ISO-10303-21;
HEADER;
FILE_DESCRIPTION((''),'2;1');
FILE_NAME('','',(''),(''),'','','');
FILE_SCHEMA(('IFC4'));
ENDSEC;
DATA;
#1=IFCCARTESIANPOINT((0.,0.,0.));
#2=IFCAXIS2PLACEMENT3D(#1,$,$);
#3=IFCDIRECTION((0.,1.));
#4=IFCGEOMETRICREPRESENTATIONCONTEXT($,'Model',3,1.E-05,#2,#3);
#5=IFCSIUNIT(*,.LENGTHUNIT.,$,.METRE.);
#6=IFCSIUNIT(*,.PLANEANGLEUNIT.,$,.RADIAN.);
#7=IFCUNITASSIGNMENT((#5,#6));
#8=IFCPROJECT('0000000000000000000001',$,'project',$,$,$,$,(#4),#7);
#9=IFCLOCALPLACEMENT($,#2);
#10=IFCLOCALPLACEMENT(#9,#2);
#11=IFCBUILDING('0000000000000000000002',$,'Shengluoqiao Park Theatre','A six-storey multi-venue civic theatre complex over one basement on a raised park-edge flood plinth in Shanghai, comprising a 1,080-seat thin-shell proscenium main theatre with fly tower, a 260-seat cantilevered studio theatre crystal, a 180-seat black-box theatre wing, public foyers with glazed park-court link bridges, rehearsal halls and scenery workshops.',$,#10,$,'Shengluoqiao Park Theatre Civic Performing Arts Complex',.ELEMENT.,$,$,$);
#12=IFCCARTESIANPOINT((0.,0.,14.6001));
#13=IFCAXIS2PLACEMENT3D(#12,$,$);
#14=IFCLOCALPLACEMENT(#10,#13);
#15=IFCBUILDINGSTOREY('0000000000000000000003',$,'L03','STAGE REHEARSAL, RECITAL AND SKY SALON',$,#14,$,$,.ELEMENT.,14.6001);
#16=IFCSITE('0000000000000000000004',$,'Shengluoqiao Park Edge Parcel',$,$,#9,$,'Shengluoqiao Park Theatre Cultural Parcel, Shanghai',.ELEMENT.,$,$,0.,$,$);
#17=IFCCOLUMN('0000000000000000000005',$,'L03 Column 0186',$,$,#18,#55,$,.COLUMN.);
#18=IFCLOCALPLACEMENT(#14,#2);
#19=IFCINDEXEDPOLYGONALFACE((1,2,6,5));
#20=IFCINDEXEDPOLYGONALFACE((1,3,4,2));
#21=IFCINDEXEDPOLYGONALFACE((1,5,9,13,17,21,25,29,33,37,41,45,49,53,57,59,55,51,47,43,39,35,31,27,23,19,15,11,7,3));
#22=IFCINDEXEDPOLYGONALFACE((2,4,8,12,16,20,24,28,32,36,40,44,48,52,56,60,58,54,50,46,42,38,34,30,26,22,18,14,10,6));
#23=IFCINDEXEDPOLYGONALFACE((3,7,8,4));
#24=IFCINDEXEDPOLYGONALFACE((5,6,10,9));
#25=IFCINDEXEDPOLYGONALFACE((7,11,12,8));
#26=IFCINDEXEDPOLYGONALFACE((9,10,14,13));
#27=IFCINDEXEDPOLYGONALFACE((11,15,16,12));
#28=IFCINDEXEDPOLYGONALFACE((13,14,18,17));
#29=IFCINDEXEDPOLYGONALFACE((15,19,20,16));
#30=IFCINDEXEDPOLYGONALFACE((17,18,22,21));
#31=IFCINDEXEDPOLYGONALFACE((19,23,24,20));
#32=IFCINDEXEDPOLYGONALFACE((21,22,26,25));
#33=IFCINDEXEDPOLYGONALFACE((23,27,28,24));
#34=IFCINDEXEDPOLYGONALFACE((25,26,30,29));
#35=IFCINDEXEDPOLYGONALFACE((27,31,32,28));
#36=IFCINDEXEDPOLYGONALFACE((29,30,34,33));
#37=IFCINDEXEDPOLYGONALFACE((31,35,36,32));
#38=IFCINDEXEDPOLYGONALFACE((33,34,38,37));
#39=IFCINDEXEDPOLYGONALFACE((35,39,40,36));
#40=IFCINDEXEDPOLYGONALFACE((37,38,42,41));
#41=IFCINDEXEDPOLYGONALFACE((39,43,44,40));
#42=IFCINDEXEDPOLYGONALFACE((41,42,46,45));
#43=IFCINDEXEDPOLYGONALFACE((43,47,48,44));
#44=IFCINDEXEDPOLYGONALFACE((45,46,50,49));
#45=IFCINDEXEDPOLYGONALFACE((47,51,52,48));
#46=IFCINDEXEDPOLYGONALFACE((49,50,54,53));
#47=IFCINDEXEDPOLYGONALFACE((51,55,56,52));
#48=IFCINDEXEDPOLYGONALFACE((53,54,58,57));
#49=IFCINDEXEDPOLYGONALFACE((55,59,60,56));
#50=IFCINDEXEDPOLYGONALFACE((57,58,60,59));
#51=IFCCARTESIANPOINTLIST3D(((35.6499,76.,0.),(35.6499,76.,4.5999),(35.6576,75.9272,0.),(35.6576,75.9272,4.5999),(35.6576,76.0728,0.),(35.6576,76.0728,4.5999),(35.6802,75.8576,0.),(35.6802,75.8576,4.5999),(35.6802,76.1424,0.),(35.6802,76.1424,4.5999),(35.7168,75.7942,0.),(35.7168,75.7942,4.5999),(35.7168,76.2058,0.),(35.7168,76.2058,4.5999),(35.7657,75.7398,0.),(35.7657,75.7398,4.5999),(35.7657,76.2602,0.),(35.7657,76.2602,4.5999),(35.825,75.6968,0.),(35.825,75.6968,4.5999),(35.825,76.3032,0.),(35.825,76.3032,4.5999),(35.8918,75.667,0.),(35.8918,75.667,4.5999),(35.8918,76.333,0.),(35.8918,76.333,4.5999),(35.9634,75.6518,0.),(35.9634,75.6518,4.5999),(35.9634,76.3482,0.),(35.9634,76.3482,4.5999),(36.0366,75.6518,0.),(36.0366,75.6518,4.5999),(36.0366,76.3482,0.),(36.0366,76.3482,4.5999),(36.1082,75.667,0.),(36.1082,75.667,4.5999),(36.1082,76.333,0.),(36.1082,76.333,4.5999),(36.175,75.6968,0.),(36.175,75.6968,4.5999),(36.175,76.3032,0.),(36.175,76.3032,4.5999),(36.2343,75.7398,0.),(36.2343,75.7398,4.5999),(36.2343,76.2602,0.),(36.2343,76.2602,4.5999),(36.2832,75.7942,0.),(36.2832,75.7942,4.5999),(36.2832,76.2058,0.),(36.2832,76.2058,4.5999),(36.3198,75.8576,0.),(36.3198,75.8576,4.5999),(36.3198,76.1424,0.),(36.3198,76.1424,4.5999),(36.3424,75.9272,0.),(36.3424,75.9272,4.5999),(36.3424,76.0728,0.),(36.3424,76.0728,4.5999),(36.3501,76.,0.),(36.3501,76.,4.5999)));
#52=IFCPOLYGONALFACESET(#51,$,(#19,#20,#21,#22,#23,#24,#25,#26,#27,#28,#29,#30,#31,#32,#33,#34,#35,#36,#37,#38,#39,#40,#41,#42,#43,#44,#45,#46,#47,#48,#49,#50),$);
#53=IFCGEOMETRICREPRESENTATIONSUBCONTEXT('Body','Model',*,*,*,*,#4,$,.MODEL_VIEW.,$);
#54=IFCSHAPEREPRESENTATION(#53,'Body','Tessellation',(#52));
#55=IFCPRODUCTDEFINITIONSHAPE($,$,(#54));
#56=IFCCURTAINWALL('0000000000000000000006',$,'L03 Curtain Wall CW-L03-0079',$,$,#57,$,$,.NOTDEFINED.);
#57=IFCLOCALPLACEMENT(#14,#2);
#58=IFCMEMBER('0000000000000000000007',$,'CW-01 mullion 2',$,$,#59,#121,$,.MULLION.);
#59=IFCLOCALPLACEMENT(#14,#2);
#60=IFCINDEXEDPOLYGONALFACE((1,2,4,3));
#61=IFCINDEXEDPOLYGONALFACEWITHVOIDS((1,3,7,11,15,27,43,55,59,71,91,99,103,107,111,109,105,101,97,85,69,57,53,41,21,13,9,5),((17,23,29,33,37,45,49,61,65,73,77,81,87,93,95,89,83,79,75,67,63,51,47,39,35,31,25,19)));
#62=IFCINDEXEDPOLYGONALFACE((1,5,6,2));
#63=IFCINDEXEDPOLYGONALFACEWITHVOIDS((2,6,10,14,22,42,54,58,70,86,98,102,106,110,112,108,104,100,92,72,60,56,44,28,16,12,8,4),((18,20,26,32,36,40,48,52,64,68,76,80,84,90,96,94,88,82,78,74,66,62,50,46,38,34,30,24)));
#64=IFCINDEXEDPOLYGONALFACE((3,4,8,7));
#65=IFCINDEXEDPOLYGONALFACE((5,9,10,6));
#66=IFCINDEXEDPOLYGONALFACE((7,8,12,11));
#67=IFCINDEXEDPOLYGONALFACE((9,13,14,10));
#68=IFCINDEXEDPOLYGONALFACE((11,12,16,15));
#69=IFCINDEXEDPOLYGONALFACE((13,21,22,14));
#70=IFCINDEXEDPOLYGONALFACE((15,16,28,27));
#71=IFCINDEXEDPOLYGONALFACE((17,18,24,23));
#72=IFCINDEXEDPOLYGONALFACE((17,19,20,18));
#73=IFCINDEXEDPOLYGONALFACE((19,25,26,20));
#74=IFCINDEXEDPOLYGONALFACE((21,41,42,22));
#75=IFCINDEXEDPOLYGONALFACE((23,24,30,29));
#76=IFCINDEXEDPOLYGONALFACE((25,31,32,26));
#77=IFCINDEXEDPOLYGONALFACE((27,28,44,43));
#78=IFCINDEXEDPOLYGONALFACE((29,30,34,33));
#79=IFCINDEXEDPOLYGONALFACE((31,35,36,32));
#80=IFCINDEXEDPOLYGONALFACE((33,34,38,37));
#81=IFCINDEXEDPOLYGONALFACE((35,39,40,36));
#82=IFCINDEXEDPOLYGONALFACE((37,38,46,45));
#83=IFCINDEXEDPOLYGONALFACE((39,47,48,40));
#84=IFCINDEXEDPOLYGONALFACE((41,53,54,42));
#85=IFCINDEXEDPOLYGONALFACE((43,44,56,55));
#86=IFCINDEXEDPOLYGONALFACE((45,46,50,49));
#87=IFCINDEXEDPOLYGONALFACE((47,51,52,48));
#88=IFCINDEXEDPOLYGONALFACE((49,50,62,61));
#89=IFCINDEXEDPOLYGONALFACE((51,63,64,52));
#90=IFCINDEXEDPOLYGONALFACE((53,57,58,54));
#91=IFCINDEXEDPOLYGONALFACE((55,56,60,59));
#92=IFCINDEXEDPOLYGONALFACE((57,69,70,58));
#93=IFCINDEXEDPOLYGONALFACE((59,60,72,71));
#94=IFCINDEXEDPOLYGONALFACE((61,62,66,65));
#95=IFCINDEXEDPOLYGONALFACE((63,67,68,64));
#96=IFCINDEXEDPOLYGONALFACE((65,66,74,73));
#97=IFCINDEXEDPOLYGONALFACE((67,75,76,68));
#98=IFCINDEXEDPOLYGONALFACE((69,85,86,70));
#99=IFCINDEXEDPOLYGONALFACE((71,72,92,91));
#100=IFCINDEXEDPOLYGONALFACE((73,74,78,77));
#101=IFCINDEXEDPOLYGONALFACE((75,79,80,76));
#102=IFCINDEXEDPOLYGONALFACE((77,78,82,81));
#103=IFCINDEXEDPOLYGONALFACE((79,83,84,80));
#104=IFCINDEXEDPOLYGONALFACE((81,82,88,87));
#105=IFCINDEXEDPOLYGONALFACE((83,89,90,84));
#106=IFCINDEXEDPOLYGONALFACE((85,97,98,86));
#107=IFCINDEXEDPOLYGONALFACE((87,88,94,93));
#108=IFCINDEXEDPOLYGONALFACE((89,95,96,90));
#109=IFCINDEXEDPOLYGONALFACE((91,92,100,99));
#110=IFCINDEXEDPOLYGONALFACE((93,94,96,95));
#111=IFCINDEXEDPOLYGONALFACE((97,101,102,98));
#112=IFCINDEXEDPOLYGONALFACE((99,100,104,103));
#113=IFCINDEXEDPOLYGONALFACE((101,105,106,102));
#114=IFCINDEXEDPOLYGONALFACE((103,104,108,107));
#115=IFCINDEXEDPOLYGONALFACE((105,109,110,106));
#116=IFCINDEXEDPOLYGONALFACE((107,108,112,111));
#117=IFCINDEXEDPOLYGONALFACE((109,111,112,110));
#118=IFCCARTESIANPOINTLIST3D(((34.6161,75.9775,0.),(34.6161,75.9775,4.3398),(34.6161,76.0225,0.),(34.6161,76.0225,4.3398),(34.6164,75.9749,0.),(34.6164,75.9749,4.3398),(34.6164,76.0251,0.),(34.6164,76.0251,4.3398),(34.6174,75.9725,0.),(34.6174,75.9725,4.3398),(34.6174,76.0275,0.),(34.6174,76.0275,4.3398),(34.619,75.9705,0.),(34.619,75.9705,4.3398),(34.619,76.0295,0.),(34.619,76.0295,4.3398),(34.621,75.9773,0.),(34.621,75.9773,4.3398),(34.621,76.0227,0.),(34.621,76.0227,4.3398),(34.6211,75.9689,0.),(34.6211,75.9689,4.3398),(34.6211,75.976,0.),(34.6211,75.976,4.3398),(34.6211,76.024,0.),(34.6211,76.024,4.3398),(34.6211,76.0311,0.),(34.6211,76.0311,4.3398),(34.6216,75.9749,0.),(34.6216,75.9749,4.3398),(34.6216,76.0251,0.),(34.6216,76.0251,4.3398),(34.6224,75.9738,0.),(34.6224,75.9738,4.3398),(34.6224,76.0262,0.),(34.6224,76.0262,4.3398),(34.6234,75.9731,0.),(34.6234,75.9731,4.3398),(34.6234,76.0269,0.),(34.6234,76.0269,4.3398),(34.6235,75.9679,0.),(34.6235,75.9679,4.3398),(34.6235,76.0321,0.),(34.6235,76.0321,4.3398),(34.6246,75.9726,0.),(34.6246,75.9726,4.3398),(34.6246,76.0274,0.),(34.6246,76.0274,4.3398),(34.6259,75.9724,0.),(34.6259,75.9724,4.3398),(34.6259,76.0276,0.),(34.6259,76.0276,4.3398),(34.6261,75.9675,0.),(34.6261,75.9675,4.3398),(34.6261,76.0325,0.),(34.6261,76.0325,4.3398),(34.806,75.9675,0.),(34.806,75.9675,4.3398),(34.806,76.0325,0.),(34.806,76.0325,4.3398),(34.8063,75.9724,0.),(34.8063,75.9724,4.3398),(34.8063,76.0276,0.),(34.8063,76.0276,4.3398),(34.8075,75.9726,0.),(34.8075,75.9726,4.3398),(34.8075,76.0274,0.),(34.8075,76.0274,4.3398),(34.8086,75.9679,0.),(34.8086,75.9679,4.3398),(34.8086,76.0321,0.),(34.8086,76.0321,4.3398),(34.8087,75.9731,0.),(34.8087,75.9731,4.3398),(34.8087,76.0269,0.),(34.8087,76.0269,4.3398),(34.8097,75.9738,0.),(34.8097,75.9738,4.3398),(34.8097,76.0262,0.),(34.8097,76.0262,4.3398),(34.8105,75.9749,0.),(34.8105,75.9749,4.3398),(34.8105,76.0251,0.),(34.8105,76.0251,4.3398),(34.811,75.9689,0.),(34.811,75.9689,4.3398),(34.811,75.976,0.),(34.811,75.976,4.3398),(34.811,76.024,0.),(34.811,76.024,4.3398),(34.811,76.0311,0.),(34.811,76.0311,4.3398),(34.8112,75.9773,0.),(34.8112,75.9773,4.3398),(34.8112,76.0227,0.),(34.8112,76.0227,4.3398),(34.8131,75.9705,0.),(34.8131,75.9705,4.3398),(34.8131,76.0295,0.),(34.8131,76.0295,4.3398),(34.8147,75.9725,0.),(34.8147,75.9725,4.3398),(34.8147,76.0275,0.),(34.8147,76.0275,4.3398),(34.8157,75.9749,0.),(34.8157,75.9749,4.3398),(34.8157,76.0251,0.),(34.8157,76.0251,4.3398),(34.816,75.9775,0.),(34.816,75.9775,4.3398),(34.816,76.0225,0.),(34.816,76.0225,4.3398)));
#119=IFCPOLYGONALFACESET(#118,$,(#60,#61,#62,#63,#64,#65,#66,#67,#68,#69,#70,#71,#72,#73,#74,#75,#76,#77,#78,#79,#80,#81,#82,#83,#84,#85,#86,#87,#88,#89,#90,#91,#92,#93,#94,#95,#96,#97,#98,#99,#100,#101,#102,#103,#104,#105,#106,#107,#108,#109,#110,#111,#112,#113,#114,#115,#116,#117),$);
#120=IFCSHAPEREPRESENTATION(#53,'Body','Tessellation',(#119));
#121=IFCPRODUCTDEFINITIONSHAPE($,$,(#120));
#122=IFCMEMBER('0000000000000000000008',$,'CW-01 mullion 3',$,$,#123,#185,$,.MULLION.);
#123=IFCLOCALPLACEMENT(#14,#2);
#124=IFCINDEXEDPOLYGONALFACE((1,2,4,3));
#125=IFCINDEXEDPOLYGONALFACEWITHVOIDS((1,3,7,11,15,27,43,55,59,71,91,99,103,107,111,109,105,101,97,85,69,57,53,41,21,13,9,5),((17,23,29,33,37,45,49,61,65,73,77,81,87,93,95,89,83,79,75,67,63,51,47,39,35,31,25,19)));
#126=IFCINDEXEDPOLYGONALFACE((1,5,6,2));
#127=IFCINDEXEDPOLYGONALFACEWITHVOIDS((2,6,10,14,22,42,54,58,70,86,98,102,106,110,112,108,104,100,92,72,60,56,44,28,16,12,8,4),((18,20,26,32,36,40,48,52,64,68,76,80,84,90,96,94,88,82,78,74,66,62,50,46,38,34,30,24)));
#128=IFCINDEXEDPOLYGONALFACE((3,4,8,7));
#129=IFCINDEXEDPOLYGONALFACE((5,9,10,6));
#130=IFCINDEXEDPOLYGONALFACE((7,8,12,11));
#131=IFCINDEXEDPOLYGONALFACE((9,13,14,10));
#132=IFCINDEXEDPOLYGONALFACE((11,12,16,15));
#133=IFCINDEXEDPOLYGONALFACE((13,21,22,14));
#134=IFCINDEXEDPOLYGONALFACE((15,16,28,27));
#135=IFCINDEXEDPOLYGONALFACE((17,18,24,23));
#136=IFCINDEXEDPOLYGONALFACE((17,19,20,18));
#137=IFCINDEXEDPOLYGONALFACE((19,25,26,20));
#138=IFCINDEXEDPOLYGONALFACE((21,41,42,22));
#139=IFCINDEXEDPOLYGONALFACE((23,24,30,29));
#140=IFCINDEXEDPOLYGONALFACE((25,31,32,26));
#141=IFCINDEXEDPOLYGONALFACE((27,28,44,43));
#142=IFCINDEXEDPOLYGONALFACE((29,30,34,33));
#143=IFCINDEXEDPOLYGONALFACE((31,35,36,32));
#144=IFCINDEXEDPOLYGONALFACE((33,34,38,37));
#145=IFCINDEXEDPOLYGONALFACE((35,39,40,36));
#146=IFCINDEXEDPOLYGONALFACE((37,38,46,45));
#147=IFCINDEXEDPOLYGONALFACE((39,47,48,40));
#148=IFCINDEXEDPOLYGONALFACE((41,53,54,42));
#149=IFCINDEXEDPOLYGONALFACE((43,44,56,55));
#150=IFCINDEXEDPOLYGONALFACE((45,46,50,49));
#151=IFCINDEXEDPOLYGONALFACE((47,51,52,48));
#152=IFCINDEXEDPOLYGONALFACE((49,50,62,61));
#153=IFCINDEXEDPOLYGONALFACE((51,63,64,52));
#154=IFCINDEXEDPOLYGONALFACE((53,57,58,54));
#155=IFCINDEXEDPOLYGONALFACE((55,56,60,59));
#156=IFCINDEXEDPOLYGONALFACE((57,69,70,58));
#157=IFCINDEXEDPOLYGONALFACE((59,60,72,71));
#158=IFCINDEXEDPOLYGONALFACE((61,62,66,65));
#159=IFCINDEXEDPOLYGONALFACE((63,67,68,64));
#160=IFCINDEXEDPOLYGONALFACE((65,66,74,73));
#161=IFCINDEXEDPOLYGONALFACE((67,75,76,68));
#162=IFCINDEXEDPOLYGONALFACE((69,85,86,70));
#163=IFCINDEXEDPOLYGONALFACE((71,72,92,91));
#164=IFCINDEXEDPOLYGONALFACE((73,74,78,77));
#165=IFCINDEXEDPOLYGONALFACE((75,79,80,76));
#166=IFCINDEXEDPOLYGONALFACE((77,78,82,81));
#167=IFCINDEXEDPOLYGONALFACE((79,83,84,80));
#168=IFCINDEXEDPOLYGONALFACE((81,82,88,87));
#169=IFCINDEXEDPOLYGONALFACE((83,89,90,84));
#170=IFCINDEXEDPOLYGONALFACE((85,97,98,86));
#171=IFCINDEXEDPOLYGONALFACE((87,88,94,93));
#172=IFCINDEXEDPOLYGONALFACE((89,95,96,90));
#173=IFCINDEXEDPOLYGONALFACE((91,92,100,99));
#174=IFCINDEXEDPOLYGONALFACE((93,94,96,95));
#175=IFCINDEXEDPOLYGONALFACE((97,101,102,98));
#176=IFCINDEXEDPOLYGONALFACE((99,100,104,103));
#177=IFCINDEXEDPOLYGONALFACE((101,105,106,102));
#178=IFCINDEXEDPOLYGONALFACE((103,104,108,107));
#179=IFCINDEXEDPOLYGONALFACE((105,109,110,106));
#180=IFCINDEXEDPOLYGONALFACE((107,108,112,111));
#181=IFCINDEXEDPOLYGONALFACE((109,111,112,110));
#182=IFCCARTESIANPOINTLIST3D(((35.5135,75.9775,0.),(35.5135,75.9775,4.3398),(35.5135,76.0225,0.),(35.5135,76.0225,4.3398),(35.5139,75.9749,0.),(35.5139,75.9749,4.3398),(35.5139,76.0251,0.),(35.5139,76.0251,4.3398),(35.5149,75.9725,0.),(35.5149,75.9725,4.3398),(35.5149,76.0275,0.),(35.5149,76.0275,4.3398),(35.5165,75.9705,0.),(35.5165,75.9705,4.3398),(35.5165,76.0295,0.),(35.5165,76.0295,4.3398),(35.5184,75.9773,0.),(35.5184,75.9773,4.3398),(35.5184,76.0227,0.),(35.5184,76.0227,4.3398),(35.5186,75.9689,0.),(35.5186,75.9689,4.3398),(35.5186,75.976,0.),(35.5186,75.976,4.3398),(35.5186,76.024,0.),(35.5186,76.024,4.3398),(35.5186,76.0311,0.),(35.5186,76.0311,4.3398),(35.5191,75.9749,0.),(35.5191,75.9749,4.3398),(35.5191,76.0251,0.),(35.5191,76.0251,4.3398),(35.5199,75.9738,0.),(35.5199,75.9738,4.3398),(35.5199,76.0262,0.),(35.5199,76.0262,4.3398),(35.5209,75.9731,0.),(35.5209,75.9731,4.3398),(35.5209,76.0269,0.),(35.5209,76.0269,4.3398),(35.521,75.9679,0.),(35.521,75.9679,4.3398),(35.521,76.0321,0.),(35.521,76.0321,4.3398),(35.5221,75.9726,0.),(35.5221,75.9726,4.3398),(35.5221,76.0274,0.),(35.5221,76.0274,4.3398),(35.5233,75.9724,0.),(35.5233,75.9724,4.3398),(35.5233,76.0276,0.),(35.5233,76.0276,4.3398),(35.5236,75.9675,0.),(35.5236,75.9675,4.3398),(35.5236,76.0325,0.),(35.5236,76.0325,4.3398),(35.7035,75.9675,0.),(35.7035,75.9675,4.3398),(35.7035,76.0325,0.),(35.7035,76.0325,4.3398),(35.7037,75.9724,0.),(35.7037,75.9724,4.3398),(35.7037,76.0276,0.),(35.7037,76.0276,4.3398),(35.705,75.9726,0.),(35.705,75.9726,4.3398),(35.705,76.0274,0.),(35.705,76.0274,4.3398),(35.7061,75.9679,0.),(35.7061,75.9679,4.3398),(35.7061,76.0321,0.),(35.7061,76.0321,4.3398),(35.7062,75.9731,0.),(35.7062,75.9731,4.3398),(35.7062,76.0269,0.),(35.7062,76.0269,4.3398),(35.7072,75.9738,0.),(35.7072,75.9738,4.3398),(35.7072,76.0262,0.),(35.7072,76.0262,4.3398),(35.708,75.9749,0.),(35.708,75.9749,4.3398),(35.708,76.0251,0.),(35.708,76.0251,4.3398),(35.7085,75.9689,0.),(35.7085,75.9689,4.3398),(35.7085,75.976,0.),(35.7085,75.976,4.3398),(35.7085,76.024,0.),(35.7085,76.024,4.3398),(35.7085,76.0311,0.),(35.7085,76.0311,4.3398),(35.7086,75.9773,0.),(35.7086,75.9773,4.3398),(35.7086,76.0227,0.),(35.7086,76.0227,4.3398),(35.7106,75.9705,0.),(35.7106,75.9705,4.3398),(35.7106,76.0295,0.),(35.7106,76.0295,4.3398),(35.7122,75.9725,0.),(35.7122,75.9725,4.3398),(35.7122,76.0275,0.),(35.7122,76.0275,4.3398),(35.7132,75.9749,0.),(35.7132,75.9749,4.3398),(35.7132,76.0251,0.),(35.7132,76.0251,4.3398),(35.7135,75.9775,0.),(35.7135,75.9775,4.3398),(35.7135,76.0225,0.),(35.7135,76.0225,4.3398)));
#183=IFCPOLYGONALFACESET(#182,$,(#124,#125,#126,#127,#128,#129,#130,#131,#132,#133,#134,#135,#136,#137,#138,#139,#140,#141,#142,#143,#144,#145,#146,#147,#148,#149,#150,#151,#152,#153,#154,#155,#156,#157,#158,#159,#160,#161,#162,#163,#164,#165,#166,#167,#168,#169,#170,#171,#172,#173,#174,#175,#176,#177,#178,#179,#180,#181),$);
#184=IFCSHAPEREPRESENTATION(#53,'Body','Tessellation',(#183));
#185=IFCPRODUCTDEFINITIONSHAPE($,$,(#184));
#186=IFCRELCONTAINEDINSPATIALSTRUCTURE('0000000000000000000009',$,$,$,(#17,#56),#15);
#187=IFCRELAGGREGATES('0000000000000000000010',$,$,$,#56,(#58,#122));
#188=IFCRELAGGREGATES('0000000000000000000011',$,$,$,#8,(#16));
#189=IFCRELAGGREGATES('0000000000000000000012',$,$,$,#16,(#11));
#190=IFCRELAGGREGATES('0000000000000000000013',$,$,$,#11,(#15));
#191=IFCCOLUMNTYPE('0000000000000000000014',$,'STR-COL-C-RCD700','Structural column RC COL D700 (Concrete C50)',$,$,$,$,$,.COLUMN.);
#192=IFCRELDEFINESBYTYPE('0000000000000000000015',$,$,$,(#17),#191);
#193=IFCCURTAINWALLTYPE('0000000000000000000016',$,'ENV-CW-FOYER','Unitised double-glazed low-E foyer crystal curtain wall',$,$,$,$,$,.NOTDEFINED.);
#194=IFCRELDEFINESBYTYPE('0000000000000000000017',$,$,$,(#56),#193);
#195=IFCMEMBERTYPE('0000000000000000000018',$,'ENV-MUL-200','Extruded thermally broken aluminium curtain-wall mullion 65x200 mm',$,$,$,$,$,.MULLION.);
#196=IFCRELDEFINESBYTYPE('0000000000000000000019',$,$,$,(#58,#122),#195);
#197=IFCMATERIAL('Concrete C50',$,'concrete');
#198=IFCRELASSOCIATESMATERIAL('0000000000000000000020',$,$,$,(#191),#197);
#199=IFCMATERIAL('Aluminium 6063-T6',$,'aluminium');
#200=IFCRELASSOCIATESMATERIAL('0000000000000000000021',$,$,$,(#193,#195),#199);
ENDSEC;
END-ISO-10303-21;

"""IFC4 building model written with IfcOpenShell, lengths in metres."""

from ifc_helpers import new_model, si_unit, direction, frame, origin, origin_2d, place, context, subcontext, project, spatial, hollow_rectangle, circle, extrude, material, material_profile, profile_set, type_object, element, aggregate, save


model = new_model("IFC4")

# Units and contexts
model_context = context("Model", 3, precision=1e-05, world=origin(), true_north=direction((0.0, 1.0)))
body_context = subcontext(model_context, "Body", "Model", "MODEL_VIEW")
ifc_project = project(units=[si_unit("LENGTHUNIT", "METRE"), si_unit("PLANEANGLEUNIT", "RADIAN")], contexts=[model_context])

# Site, building, storey
site_placement = place(None, origin())
site = spatial("IfcSite", under=ifc_project, at=site_placement, Name="Shengluoqiao Park Edge Parcel", LongName="Shengluoqiao Park Theatre Cultural Parcel, Shanghai", CompositionType="ELEMENT", RefElevation=0.0)
building_placement = place(site_placement, origin())
building = spatial("IfcBuilding", under=site, at=building_placement, Name="Shengluoqiao Park Theatre", Description="A six-storey multi-venue civic theatre complex over one basement on a raised park-edge flood plinth in Shanghai, comprising a 1,080-seat thin-shell proscenium main theatre with fly tower, a 260-seat cantilevered studio theatre crystal, a 180-seat black-box theatre wing, public foyers with glazed park-court link bridges, rehearsal halls and scenery workshops.", LongName="Shengluoqiao Park Theatre Civic Performing Arts Complex", CompositionType="ELEMENT")
storey_placement = place(building_placement, frame((0.0, 0.0, 14.6001)))
storey = spatial("IfcBuildingStorey", under=building, at=storey_placement, Name="L03", Description="STAGE REHEARSAL, RECITAL AND SKY SALON", CompositionType="ELEMENT", Elevation=14.6001)

# Column
ifc_material_1 = material(Name="Concrete C50", Category="concrete")
ifc_material_profile_1 = material_profile(ifc_material_1, circle(Radius=0.3501, at=origin_2d()), Name="RC COL D700")
ifc_profile_set_1 = profile_set([ifc_material_profile_1], Name="Concrete C50")
column_type = type_object("IfcColumnType", Name="STR-COL-C-RCD700", Description="Structural column RC COL D700 (Concrete C50)", PredefinedType="COLUMN", material=ifc_profile_set_1)
column_placement = place(storey_placement, frame((36.0, 76.0, 0.0), z_axis=(0.0, 0.0, 1.0), x_axis=(1.0, 0.0, 0.0)))
element("IfcColumn", 1, at=column_placement, inside=storey, type_object=column_type, Name="L03 Column 0186", PredefinedType="COLUMN", context=body_context, shape_type="SweptSolid", body=[
    extrude(circle(Radius=0.3501, at=origin_2d()), origin(), (0.0, 0.0, 1.0), 4.5999),
])

# Curtain wall, members
ifc_material_2 = material(Name="Aluminium 6063-T6", Category="aluminium")
curtain_wall_type = type_object("IfcCurtainWallType", Name="ENV-CW-FOYER", Description="Unitised double-glazed low-E foyer crystal curtain wall", PredefinedType="NOTDEFINED", material=ifc_material_2)
curtain_wall_1_placement = place(storey_placement, origin())
curtain_wall_1 = element("IfcCurtainWall", 2, at=curtain_wall_1_placement, inside=storey, type_object=curtain_wall_type, Name="L03 Curtain Wall CW-L03-0079", PredefinedType="NOTDEFINED")
ifc_material_profile_2 = material_profile(ifc_material_2, hollow_rectangle(XDim=0.0649, YDim=0.2, WallThickness=0.0049, InnerFilletRadius=0.0049, OuterFilletRadius=0.01, at=origin_2d()), Name="ALU MULLION 200x65x5")
ifc_profile_set_2 = profile_set([ifc_material_profile_2], Name="Aluminium 6063-T6")
member_type_1 = type_object("IfcMemberType", Name="ENV-MUL-200", Description="Extruded thermally broken aluminium curtain-wall mullion 65x200 mm", PredefinedType="MULLION", material=ifc_profile_set_2)
member_1_placement = place(storey_placement, frame((34.7161, 76.0, 0.0), z_axis=(0.0, 0.0, 1.0), x_axis=(0.0, 1.0, 0.0)))
member_1 = element("IfcMember", 3, at=member_1_placement, type_object=member_type_1, Name="CW-01 mullion 2", PredefinedType="MULLION", context=body_context, shape_type="SweptSolid", body=[
    extrude(hollow_rectangle(XDim=0.0649, YDim=0.2, WallThickness=0.0049, InnerFilletRadius=0.0049, OuterFilletRadius=0.01, at=origin_2d()), origin(), (0.0, 0.0, 1.0), 4.3398),
])
member_2_placement = place(storey_placement, frame((35.6135, 76.0, 0.0), z_axis=(0.0, 0.0, 1.0), x_axis=(0.0, 1.0, 0.0)))
member_2 = element("IfcMember", 4, at=member_2_placement, type_object=member_type_1, Name="CW-01 mullion 3", PredefinedType="MULLION", context=body_context, shape_type="SweptSolid", body=[
    extrude(hollow_rectangle(XDim=0.0649, YDim=0.2, WallThickness=0.0049, InnerFilletRadius=0.0049, OuterFilletRadius=0.01, at=origin_2d()), origin(), (0.0, 0.0, 1.0), 4.3398),
])

aggregate(curtain_wall_1, [member_1, member_2])

save(model, "model.ifc")
